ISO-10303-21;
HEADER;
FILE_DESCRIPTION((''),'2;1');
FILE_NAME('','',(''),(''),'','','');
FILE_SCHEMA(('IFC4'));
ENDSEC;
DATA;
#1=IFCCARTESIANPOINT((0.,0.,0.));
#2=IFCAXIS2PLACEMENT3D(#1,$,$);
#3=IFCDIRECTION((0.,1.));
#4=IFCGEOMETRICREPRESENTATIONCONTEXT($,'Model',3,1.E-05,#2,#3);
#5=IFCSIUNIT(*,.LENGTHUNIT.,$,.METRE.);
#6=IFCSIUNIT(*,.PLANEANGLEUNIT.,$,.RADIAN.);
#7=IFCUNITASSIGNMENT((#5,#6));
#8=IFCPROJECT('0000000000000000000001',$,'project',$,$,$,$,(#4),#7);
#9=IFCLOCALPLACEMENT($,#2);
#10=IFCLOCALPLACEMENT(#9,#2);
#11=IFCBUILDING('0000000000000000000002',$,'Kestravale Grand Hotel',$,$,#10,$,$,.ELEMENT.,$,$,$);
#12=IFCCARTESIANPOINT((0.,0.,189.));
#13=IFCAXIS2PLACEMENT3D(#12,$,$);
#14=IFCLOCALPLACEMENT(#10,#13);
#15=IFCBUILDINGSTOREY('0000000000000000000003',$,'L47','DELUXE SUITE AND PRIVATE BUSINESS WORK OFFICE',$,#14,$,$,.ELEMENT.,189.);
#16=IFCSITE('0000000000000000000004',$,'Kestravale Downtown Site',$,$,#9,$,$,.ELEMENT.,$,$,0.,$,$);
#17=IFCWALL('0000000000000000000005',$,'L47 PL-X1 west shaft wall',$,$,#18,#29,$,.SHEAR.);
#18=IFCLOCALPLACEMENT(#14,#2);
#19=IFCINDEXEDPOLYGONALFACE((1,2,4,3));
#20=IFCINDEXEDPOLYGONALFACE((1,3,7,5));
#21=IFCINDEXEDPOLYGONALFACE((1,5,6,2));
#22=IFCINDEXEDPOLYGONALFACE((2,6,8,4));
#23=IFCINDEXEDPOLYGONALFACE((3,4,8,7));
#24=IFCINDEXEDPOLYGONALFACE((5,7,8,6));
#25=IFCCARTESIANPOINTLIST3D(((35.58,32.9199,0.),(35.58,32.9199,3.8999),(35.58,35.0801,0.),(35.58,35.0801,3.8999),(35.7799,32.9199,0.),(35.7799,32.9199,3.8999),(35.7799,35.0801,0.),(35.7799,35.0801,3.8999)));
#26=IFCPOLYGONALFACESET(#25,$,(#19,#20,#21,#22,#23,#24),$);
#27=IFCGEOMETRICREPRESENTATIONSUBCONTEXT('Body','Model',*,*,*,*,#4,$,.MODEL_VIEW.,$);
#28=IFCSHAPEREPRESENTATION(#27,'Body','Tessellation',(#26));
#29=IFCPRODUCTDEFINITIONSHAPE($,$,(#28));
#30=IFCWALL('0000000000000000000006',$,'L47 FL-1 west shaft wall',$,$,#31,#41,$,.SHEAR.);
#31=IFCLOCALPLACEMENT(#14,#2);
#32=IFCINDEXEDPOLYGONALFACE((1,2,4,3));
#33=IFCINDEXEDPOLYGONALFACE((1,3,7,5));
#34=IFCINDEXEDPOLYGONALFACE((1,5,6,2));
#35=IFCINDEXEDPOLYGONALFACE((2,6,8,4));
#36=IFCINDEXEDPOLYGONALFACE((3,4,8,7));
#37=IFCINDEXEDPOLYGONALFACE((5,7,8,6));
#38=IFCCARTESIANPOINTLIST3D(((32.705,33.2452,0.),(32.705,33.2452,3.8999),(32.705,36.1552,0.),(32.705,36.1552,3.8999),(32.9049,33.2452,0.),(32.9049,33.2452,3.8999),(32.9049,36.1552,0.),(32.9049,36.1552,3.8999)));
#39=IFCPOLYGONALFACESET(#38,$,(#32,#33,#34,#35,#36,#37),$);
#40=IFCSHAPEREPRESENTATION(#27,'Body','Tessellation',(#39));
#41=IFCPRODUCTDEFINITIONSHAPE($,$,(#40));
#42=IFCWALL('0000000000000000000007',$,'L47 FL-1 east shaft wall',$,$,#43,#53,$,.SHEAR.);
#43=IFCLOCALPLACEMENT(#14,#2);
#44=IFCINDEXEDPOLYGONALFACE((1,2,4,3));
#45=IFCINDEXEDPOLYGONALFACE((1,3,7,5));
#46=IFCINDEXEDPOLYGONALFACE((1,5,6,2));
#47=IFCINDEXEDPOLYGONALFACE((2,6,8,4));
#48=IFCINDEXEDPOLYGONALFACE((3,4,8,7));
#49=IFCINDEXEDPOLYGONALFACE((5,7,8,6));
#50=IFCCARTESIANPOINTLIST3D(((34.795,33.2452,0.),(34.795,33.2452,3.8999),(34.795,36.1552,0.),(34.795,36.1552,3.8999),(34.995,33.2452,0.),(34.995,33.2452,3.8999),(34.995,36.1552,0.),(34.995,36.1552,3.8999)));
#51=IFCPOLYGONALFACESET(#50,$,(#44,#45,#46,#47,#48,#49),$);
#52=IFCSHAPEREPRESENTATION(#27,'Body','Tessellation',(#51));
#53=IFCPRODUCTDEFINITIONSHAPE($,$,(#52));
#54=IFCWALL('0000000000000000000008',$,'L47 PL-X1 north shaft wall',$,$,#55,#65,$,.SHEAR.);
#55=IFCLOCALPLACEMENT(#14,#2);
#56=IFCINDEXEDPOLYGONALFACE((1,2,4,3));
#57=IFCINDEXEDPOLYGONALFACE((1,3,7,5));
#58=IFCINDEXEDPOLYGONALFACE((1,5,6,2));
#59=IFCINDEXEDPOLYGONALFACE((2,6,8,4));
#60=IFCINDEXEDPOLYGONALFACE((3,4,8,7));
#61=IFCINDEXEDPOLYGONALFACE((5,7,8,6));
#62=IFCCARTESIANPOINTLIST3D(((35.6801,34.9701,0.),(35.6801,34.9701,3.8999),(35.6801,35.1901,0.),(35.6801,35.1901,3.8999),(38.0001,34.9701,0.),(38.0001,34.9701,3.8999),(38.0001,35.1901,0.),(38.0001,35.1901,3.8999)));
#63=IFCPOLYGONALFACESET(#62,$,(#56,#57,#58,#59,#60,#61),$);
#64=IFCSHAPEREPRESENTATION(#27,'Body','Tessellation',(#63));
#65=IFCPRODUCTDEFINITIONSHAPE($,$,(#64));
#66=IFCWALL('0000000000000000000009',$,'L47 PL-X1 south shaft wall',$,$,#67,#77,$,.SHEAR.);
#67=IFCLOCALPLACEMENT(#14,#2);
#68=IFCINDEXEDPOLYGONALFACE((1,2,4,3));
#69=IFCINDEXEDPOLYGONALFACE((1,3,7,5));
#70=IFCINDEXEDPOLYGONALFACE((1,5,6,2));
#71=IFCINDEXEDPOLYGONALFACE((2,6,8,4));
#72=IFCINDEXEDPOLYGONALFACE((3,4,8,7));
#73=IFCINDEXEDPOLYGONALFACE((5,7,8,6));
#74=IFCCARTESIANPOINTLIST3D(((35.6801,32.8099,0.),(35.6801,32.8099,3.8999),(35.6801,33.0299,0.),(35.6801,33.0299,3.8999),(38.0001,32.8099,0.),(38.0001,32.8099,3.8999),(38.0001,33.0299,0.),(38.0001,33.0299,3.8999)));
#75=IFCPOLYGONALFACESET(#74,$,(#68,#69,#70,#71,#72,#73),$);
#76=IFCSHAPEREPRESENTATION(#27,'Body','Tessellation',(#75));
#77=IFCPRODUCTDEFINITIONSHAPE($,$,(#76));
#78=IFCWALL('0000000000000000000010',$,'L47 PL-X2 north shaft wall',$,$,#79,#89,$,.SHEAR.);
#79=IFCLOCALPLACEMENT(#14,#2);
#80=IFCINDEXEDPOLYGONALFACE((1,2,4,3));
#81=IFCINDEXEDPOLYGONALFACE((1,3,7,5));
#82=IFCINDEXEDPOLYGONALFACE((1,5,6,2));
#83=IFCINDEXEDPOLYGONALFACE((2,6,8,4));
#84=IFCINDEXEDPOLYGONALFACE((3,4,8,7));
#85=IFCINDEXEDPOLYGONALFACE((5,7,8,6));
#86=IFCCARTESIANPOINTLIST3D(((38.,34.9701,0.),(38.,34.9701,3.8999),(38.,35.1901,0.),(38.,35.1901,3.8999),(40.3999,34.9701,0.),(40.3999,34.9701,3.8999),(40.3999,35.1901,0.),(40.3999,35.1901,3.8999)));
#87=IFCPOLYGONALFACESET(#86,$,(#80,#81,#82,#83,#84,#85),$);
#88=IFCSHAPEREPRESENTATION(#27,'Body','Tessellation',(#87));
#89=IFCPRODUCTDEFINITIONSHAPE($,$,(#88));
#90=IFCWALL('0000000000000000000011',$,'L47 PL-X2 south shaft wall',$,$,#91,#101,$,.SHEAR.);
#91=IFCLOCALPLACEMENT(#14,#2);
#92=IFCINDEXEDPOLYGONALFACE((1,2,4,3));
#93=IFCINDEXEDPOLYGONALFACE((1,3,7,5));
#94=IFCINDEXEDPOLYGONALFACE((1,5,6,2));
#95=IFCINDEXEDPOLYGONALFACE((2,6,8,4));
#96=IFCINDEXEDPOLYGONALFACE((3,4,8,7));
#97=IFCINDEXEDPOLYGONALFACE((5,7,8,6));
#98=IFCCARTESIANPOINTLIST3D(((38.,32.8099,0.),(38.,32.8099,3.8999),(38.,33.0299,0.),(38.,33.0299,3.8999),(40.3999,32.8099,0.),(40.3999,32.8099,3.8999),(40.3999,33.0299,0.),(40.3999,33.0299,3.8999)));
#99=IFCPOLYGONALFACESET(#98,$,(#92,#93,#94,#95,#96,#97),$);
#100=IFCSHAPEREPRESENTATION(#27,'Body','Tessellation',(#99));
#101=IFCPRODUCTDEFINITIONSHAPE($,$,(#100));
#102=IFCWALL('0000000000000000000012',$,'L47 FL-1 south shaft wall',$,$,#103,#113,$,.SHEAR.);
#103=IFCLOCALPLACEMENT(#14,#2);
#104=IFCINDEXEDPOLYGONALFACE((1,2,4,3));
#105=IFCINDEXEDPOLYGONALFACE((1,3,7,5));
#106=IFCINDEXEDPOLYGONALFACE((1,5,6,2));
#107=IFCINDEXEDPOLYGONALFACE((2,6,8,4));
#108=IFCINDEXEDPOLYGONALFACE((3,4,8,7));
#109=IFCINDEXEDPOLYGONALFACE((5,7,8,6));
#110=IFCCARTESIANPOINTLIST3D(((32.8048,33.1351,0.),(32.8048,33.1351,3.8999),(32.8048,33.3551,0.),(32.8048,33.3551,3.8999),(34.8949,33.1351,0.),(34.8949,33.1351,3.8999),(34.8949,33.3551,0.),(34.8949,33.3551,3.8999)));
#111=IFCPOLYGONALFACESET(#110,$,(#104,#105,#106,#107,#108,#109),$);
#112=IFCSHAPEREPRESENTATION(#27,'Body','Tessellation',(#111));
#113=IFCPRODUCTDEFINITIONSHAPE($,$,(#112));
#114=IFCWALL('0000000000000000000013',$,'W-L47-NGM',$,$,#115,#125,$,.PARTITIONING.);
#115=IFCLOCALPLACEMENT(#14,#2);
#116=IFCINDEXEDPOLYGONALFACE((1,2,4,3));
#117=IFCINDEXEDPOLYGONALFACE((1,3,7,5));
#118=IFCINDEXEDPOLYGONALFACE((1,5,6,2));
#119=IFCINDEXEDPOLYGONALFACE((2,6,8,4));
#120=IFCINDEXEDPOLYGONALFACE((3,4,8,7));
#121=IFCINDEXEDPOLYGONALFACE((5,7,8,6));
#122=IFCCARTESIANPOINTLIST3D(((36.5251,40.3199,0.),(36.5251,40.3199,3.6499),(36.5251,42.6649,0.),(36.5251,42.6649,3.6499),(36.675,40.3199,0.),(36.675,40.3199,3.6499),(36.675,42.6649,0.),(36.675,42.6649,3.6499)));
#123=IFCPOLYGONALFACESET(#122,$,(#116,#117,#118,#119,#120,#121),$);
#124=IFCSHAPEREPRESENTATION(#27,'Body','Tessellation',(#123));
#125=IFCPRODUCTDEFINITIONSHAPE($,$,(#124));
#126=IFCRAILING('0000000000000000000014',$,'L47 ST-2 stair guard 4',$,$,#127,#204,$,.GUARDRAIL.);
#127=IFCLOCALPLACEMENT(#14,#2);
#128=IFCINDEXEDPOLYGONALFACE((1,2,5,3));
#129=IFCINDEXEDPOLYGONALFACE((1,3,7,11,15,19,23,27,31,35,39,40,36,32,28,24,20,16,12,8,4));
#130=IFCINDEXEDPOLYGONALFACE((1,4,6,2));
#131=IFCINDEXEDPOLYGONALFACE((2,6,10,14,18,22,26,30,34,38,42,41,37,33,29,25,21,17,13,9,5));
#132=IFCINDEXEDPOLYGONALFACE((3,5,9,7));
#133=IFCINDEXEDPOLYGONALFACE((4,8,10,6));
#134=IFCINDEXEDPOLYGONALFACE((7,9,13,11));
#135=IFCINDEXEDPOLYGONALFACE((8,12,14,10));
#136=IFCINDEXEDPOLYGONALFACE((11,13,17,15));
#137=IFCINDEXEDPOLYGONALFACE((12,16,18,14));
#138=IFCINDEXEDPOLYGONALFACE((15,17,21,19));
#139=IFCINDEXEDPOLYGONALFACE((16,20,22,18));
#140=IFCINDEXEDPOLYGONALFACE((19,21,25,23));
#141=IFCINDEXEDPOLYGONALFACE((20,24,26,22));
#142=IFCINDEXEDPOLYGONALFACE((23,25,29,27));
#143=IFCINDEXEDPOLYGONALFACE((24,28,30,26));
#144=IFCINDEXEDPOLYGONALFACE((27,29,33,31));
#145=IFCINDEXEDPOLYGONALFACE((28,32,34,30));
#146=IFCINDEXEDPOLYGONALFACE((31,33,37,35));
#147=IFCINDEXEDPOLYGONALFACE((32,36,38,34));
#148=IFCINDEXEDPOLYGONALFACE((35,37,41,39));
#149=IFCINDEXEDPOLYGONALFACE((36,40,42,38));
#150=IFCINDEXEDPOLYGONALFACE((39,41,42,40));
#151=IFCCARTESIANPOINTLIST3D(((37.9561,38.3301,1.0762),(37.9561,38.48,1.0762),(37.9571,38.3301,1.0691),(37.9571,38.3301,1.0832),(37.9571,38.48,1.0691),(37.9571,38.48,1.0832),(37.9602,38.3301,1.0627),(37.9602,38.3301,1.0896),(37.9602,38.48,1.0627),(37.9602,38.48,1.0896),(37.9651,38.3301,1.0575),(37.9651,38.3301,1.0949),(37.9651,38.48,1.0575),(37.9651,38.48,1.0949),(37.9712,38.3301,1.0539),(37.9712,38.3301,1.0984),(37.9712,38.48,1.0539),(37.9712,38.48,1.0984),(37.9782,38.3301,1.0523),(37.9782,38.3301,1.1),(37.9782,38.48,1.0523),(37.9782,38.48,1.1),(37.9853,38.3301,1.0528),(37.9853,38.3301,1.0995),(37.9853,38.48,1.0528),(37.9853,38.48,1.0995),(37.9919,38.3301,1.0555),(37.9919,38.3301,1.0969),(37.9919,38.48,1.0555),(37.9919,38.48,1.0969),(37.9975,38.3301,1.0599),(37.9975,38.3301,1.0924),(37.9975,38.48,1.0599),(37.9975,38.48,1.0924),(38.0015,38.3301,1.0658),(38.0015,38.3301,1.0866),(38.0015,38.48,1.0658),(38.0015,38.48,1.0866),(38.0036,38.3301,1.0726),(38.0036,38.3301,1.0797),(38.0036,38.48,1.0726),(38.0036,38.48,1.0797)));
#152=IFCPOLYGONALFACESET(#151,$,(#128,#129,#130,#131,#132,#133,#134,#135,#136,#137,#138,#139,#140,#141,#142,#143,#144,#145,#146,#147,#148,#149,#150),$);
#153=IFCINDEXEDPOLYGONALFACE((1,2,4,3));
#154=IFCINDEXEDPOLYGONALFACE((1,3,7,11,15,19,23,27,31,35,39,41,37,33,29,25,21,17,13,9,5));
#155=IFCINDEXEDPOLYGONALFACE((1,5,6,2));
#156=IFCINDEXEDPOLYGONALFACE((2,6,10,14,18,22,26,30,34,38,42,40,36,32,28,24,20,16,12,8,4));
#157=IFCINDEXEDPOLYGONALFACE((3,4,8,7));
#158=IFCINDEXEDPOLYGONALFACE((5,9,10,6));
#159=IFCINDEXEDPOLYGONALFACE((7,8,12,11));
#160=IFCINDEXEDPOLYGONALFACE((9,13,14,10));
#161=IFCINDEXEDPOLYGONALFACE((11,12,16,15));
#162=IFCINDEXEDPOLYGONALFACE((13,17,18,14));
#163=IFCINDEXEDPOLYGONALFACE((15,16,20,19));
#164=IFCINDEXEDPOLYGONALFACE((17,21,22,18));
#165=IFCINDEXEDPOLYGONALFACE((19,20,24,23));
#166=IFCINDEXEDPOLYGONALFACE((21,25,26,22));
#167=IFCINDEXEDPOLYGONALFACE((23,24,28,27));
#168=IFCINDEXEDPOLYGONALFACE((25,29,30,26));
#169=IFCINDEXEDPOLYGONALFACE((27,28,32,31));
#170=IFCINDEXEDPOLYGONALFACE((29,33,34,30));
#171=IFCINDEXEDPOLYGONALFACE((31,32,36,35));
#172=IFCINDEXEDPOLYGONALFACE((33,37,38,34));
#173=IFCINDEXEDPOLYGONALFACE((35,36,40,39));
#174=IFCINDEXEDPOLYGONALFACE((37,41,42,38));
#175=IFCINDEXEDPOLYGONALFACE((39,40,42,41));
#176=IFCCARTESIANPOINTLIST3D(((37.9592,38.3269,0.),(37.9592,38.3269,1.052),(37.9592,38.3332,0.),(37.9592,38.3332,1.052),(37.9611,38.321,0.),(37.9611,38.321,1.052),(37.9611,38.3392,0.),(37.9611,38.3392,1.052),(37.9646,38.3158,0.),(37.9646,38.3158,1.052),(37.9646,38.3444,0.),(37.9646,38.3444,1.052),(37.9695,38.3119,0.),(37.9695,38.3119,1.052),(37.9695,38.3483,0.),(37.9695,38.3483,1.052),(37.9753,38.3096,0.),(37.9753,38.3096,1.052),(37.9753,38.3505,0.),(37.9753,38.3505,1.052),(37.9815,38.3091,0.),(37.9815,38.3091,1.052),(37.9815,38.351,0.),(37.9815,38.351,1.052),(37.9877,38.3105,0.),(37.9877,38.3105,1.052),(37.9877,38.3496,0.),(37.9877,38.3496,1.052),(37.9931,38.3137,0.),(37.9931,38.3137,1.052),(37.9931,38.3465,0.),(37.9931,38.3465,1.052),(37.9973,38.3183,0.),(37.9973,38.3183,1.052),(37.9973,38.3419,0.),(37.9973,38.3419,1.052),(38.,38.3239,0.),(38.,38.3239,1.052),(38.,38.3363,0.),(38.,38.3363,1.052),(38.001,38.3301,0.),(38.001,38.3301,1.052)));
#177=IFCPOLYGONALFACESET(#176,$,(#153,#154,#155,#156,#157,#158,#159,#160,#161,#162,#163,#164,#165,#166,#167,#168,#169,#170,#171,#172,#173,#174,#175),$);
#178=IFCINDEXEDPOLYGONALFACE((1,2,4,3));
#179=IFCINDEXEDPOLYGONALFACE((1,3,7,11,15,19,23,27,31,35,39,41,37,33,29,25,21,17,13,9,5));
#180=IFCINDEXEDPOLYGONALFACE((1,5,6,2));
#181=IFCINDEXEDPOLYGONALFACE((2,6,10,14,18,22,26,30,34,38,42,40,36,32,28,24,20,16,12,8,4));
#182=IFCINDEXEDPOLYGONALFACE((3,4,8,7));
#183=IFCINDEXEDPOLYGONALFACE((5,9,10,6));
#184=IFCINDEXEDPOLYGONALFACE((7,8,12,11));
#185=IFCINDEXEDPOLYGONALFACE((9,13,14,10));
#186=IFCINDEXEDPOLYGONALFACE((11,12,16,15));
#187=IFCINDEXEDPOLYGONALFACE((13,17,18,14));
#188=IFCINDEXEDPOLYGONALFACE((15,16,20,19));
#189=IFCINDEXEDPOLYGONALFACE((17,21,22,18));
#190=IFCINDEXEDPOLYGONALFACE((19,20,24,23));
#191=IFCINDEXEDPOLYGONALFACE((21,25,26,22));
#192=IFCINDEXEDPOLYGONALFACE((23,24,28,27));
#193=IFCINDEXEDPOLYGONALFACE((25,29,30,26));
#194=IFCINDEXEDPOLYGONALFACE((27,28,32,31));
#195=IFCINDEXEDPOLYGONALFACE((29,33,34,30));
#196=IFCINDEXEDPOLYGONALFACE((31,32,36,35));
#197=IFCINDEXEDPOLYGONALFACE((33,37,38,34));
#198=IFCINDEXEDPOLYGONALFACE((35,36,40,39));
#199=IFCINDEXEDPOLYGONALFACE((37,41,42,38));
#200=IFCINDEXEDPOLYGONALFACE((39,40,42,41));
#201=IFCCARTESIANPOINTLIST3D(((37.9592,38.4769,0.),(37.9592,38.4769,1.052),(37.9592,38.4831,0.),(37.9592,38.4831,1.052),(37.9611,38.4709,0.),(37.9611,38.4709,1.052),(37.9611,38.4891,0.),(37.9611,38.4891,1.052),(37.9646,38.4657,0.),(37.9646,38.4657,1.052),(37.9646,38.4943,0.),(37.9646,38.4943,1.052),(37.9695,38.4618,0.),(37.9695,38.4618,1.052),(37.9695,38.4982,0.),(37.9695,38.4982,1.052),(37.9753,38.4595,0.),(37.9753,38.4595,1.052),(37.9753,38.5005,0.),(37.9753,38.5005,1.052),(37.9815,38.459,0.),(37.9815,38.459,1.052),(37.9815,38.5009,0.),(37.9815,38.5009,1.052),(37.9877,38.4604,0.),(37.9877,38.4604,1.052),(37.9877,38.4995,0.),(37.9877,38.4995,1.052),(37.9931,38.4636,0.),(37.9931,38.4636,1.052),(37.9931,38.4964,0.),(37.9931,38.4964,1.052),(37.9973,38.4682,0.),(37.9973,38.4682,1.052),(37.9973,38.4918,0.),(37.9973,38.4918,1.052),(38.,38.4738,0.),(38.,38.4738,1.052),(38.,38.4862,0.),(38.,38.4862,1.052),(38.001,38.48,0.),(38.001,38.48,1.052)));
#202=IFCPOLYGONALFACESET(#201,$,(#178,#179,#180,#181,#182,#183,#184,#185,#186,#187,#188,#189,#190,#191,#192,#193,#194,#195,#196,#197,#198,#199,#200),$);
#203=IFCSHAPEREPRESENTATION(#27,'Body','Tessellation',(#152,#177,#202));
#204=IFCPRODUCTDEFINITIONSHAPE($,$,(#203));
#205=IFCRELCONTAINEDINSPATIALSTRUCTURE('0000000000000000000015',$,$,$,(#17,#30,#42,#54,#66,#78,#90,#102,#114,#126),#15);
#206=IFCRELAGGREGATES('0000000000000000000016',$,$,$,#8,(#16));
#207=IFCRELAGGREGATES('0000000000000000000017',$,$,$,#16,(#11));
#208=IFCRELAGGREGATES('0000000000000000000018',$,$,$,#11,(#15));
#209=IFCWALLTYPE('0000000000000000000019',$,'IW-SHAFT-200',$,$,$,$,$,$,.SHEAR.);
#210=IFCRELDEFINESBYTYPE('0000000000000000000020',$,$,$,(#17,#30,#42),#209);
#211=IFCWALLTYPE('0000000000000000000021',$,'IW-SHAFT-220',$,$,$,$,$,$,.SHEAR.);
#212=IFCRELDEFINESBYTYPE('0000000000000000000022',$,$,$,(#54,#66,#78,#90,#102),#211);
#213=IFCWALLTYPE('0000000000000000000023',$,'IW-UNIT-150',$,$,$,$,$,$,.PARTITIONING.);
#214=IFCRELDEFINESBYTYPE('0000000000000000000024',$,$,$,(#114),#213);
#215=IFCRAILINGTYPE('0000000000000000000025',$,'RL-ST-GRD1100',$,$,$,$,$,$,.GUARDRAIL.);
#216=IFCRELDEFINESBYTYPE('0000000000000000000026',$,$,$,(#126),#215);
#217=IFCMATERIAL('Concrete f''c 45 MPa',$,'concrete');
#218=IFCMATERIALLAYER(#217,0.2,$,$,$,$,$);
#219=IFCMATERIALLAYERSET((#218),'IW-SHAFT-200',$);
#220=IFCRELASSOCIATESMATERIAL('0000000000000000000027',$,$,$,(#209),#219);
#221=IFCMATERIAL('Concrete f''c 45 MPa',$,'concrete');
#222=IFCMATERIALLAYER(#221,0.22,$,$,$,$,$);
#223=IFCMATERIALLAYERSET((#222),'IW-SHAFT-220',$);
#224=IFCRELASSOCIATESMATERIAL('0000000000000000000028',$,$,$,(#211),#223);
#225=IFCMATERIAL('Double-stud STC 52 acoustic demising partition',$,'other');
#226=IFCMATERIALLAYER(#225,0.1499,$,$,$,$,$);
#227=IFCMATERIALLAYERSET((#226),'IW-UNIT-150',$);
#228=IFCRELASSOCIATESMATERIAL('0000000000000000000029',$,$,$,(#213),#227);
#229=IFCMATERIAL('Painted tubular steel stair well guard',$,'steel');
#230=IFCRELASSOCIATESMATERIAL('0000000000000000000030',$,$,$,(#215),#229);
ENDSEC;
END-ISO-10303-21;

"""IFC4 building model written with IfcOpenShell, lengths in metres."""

from ifc_helpers import new_model, si_unit, direction, frame, frame_2d, origin, origin_2d, place, context, subcontext, project, spatial, rectangle, circle, extrude, material, layer, layer_set, type_object, element, save


model = new_model("IFC4")

# Units and contexts
model_context = context("Model", 3, precision=1e-05, world=origin(), true_north=direction((0.0, 1.0)))
body_context = subcontext(model_context, "Body", "Model", "MODEL_VIEW")
ifc_project = project(units=[si_unit("LENGTHUNIT", "METRE"), si_unit("PLANEANGLEUNIT", "RADIAN")], contexts=[model_context])

# Site, building, storey
site_placement = place(None, origin())
site = spatial("IfcSite", under=ifc_project, at=site_placement, Name="Kestravale Downtown Site", CompositionType="ELEMENT", RefElevation=0.0)
building_placement = place(site_placement, origin())
building = spatial("IfcBuilding", under=site, at=building_placement, Name="Kestravale Grand Hotel", CompositionType="ELEMENT")
storey_placement = place(building_placement, frame((0.0, 0.0, 189.0)))
storey = spatial("IfcBuildingStorey", under=building, at=storey_placement, Name="L47", Description="DELUXE SUITE AND PRIVATE BUSINESS WORK OFFICE", CompositionType="ELEMENT", Elevation=189.0)

# Walls
ifc_material_1 = material(Name="Concrete f'c 45 MPa", Category="concrete")
ifc_layer_1 = layer(ifc_material_1, 0.2)
ifc_layer_set_1 = layer_set([ifc_layer_1], Name="IW-SHAFT-200")
wall_type_1 = type_object("IfcWallType", Name="IW-SHAFT-200", PredefinedType="SHEAR", material=ifc_layer_set_1)
wall_1_placement = place(storey_placement, frame((35.6799, 32.9199, 0.0), z_axis=(0.0, 0.0, 1.0), x_axis=(0.0, 1.0, 0.0)))
element("IfcWall", 1, at=wall_1_placement, inside=storey, type_object=wall_type_1, Name="L47 PL-X1 west shaft wall", PredefinedType="SHEAR", context=body_context, shape_type="SweptSolid", body=[
    extrude(rectangle(XDim=2.1602, YDim=0.2, at=frame_2d((1.0801, 0.0))), origin(), (0.0, 0.0, 1.0), 3.8999),
])
for number, where, z_axis, x_axis, name in (
    (2, (32.8049, 33.2451, 0.0), (0.0, 0.0, 1.0), (0.0, 1.0, 0.0), "L47 FL-1 west shaft wall"),
    (3, (34.895, 33.2451, 0.0), (0.0, 0.0, 1.0), (0.0, 1.0, 0.0), "L47 FL-1 east shaft wall"),
):
    element("IfcWall", number, at=place(storey_placement, frame(where, z_axis=z_axis, x_axis=x_axis)), inside=storey, type_object=wall_type_1, Name=name, PredefinedType="SHEAR", context=body_context, shape_type="SweptSolid", body=[
        extrude(rectangle(XDim=2.9099, YDim=0.2, at=frame_2d((1.4551, 0.0))), origin(), (0.0, 0.0, 1.0), 3.8999),
    ])
ifc_material_2 = material(Name="Concrete f'c 45 MPa", Category="concrete")
ifc_layer_2 = layer(ifc_material_2, 0.22)
ifc_layer_set_2 = layer_set([ifc_layer_2], Name="IW-SHAFT-220")
wall_type_2 = type_object("IfcWallType", Name="IW-SHAFT-220", PredefinedType="SHEAR", material=ifc_layer_set_2)
for number, where, z_axis, x_axis, name in (
    (4, (35.6799, 35.0801, 0.0), (0.0, 0.0, 1.0), (1.0, 0.0, 0.0), "L47 PL-X1 north shaft wall"),
    (5, (35.6799, 32.9199, 0.0), (0.0, 0.0, 1.0), (1.0, 0.0, 0.0), "L47 PL-X1 south shaft wall"),
):
    element("IfcWall", number, at=place(storey_placement, frame(where, z_axis=z_axis, x_axis=x_axis)), inside=storey, type_object=wall_type_2, Name=name, PredefinedType="SHEAR", context=body_context, shape_type="SweptSolid", body=[
        extrude(rectangle(XDim=2.3201, YDim=0.22, at=frame_2d((1.1602, 0.0))), origin(), (0.0, 0.0, 1.0), 3.8999),
    ])
for number, where, z_axis, x_axis, name in (
    (6, (38.0, 35.0801, 0.0), (0.0, 0.0, 1.0), (1.0, 0.0, 0.0), "L47 PL-X2 north shaft wall"),
    (7, (38.0, 32.9199, 0.0), (0.0, 0.0, 1.0), (1.0, 0.0, 0.0), "L47 PL-X2 south shaft wall"),
):
    element("IfcWall", number, at=place(storey_placement, frame(where, z_axis=z_axis, x_axis=x_axis)), inside=storey, type_object=wall_type_2, Name=name, PredefinedType="SHEAR", context=body_context, shape_type="SweptSolid", body=[
        extrude(rectangle(XDim=2.3999, YDim=0.22, at=frame_2d((1.2, 0.0))), origin(), (0.0, 0.0, 1.0), 3.8999),
    ])

# Walls
wall_2_placement = place(storey_placement, frame((32.8049, 33.2451, 0.0), z_axis=(0.0, 0.0, 1.0), x_axis=(1.0, 0.0, 0.0)))
element("IfcWall", 8, at=wall_2_placement, inside=storey, type_object=wall_type_2, Name="L47 FL-1 south shaft wall", PredefinedType="SHEAR", context=body_context, shape_type="SweptSolid", body=[
    extrude(rectangle(XDim=2.0901, YDim=0.22, at=frame_2d((1.0449, 0.0))), origin(), (0.0, 0.0, 1.0), 3.8999),
])
ifc_material_3 = material(Name="Double-stud STC 52 acoustic demising partition", Category="other")
ifc_layer_3 = layer(ifc_material_3, 0.1499)
ifc_layer_set_3 = layer_set([ifc_layer_3], Name="IW-UNIT-150")
wall_type_3 = type_object("IfcWallType", Name="IW-UNIT-150", PredefinedType="PARTITIONING", material=ifc_layer_set_3)
wall_3_placement = place(storey_placement, frame((36.6001, 40.3201, 0.0), z_axis=(0.0, 0.0, 1.0), x_axis=(0.0, 1.0, 0.0)))
element("IfcWall", 9, at=wall_3_placement, inside=storey, type_object=wall_type_3, Name="W-L47-NGM", PredefinedType="PARTITIONING", context=body_context, shape_type="SweptSolid", body=[
    extrude(rectangle(XDim=2.345, YDim=0.1499, at=frame_2d((1.1724, 0.0))), origin(), (0.0, 0.0, 1.0), 3.6499),
])

# Railing
ifc_material_4 = material(Name="Painted tubular steel stair well guard", Category="steel")
railing_type = type_object("IfcRailingType", Name="RL-ST-GRD1100", PredefinedType="GUARDRAIL", material=ifc_material_4)
railing_placement = place(storey_placement, frame((37.98, 38.3301, 0.0)))
element("IfcRailing", 10, at=railing_placement, inside=storey, type_object=railing_type, Name="L47 ST-2 stair guard 4", PredefinedType="GUARDRAIL", context=body_context, shape_type="SweptSolid", body=[
    extrude(circle(Radius=0.0239, at=origin_2d()), frame((0.0, 0.0, 1.0762), z_axis=(0.0, 1.0, 0.0), x_axis=(-1.0, 0.0, 0.0)), (0.0, 0.0, 1.0), 0.1499),
    extrude(circle(Radius=0.021, at=origin_2d()), origin(), (0.0, 0.0, 1.0), 1.052),
    extrude(circle(Radius=0.021, at=origin_2d()), frame((0.0, 0.1499, 0.0)), (0.0, 0.0, 1.0), 1.052),
])

save(model, "model.ifc")
